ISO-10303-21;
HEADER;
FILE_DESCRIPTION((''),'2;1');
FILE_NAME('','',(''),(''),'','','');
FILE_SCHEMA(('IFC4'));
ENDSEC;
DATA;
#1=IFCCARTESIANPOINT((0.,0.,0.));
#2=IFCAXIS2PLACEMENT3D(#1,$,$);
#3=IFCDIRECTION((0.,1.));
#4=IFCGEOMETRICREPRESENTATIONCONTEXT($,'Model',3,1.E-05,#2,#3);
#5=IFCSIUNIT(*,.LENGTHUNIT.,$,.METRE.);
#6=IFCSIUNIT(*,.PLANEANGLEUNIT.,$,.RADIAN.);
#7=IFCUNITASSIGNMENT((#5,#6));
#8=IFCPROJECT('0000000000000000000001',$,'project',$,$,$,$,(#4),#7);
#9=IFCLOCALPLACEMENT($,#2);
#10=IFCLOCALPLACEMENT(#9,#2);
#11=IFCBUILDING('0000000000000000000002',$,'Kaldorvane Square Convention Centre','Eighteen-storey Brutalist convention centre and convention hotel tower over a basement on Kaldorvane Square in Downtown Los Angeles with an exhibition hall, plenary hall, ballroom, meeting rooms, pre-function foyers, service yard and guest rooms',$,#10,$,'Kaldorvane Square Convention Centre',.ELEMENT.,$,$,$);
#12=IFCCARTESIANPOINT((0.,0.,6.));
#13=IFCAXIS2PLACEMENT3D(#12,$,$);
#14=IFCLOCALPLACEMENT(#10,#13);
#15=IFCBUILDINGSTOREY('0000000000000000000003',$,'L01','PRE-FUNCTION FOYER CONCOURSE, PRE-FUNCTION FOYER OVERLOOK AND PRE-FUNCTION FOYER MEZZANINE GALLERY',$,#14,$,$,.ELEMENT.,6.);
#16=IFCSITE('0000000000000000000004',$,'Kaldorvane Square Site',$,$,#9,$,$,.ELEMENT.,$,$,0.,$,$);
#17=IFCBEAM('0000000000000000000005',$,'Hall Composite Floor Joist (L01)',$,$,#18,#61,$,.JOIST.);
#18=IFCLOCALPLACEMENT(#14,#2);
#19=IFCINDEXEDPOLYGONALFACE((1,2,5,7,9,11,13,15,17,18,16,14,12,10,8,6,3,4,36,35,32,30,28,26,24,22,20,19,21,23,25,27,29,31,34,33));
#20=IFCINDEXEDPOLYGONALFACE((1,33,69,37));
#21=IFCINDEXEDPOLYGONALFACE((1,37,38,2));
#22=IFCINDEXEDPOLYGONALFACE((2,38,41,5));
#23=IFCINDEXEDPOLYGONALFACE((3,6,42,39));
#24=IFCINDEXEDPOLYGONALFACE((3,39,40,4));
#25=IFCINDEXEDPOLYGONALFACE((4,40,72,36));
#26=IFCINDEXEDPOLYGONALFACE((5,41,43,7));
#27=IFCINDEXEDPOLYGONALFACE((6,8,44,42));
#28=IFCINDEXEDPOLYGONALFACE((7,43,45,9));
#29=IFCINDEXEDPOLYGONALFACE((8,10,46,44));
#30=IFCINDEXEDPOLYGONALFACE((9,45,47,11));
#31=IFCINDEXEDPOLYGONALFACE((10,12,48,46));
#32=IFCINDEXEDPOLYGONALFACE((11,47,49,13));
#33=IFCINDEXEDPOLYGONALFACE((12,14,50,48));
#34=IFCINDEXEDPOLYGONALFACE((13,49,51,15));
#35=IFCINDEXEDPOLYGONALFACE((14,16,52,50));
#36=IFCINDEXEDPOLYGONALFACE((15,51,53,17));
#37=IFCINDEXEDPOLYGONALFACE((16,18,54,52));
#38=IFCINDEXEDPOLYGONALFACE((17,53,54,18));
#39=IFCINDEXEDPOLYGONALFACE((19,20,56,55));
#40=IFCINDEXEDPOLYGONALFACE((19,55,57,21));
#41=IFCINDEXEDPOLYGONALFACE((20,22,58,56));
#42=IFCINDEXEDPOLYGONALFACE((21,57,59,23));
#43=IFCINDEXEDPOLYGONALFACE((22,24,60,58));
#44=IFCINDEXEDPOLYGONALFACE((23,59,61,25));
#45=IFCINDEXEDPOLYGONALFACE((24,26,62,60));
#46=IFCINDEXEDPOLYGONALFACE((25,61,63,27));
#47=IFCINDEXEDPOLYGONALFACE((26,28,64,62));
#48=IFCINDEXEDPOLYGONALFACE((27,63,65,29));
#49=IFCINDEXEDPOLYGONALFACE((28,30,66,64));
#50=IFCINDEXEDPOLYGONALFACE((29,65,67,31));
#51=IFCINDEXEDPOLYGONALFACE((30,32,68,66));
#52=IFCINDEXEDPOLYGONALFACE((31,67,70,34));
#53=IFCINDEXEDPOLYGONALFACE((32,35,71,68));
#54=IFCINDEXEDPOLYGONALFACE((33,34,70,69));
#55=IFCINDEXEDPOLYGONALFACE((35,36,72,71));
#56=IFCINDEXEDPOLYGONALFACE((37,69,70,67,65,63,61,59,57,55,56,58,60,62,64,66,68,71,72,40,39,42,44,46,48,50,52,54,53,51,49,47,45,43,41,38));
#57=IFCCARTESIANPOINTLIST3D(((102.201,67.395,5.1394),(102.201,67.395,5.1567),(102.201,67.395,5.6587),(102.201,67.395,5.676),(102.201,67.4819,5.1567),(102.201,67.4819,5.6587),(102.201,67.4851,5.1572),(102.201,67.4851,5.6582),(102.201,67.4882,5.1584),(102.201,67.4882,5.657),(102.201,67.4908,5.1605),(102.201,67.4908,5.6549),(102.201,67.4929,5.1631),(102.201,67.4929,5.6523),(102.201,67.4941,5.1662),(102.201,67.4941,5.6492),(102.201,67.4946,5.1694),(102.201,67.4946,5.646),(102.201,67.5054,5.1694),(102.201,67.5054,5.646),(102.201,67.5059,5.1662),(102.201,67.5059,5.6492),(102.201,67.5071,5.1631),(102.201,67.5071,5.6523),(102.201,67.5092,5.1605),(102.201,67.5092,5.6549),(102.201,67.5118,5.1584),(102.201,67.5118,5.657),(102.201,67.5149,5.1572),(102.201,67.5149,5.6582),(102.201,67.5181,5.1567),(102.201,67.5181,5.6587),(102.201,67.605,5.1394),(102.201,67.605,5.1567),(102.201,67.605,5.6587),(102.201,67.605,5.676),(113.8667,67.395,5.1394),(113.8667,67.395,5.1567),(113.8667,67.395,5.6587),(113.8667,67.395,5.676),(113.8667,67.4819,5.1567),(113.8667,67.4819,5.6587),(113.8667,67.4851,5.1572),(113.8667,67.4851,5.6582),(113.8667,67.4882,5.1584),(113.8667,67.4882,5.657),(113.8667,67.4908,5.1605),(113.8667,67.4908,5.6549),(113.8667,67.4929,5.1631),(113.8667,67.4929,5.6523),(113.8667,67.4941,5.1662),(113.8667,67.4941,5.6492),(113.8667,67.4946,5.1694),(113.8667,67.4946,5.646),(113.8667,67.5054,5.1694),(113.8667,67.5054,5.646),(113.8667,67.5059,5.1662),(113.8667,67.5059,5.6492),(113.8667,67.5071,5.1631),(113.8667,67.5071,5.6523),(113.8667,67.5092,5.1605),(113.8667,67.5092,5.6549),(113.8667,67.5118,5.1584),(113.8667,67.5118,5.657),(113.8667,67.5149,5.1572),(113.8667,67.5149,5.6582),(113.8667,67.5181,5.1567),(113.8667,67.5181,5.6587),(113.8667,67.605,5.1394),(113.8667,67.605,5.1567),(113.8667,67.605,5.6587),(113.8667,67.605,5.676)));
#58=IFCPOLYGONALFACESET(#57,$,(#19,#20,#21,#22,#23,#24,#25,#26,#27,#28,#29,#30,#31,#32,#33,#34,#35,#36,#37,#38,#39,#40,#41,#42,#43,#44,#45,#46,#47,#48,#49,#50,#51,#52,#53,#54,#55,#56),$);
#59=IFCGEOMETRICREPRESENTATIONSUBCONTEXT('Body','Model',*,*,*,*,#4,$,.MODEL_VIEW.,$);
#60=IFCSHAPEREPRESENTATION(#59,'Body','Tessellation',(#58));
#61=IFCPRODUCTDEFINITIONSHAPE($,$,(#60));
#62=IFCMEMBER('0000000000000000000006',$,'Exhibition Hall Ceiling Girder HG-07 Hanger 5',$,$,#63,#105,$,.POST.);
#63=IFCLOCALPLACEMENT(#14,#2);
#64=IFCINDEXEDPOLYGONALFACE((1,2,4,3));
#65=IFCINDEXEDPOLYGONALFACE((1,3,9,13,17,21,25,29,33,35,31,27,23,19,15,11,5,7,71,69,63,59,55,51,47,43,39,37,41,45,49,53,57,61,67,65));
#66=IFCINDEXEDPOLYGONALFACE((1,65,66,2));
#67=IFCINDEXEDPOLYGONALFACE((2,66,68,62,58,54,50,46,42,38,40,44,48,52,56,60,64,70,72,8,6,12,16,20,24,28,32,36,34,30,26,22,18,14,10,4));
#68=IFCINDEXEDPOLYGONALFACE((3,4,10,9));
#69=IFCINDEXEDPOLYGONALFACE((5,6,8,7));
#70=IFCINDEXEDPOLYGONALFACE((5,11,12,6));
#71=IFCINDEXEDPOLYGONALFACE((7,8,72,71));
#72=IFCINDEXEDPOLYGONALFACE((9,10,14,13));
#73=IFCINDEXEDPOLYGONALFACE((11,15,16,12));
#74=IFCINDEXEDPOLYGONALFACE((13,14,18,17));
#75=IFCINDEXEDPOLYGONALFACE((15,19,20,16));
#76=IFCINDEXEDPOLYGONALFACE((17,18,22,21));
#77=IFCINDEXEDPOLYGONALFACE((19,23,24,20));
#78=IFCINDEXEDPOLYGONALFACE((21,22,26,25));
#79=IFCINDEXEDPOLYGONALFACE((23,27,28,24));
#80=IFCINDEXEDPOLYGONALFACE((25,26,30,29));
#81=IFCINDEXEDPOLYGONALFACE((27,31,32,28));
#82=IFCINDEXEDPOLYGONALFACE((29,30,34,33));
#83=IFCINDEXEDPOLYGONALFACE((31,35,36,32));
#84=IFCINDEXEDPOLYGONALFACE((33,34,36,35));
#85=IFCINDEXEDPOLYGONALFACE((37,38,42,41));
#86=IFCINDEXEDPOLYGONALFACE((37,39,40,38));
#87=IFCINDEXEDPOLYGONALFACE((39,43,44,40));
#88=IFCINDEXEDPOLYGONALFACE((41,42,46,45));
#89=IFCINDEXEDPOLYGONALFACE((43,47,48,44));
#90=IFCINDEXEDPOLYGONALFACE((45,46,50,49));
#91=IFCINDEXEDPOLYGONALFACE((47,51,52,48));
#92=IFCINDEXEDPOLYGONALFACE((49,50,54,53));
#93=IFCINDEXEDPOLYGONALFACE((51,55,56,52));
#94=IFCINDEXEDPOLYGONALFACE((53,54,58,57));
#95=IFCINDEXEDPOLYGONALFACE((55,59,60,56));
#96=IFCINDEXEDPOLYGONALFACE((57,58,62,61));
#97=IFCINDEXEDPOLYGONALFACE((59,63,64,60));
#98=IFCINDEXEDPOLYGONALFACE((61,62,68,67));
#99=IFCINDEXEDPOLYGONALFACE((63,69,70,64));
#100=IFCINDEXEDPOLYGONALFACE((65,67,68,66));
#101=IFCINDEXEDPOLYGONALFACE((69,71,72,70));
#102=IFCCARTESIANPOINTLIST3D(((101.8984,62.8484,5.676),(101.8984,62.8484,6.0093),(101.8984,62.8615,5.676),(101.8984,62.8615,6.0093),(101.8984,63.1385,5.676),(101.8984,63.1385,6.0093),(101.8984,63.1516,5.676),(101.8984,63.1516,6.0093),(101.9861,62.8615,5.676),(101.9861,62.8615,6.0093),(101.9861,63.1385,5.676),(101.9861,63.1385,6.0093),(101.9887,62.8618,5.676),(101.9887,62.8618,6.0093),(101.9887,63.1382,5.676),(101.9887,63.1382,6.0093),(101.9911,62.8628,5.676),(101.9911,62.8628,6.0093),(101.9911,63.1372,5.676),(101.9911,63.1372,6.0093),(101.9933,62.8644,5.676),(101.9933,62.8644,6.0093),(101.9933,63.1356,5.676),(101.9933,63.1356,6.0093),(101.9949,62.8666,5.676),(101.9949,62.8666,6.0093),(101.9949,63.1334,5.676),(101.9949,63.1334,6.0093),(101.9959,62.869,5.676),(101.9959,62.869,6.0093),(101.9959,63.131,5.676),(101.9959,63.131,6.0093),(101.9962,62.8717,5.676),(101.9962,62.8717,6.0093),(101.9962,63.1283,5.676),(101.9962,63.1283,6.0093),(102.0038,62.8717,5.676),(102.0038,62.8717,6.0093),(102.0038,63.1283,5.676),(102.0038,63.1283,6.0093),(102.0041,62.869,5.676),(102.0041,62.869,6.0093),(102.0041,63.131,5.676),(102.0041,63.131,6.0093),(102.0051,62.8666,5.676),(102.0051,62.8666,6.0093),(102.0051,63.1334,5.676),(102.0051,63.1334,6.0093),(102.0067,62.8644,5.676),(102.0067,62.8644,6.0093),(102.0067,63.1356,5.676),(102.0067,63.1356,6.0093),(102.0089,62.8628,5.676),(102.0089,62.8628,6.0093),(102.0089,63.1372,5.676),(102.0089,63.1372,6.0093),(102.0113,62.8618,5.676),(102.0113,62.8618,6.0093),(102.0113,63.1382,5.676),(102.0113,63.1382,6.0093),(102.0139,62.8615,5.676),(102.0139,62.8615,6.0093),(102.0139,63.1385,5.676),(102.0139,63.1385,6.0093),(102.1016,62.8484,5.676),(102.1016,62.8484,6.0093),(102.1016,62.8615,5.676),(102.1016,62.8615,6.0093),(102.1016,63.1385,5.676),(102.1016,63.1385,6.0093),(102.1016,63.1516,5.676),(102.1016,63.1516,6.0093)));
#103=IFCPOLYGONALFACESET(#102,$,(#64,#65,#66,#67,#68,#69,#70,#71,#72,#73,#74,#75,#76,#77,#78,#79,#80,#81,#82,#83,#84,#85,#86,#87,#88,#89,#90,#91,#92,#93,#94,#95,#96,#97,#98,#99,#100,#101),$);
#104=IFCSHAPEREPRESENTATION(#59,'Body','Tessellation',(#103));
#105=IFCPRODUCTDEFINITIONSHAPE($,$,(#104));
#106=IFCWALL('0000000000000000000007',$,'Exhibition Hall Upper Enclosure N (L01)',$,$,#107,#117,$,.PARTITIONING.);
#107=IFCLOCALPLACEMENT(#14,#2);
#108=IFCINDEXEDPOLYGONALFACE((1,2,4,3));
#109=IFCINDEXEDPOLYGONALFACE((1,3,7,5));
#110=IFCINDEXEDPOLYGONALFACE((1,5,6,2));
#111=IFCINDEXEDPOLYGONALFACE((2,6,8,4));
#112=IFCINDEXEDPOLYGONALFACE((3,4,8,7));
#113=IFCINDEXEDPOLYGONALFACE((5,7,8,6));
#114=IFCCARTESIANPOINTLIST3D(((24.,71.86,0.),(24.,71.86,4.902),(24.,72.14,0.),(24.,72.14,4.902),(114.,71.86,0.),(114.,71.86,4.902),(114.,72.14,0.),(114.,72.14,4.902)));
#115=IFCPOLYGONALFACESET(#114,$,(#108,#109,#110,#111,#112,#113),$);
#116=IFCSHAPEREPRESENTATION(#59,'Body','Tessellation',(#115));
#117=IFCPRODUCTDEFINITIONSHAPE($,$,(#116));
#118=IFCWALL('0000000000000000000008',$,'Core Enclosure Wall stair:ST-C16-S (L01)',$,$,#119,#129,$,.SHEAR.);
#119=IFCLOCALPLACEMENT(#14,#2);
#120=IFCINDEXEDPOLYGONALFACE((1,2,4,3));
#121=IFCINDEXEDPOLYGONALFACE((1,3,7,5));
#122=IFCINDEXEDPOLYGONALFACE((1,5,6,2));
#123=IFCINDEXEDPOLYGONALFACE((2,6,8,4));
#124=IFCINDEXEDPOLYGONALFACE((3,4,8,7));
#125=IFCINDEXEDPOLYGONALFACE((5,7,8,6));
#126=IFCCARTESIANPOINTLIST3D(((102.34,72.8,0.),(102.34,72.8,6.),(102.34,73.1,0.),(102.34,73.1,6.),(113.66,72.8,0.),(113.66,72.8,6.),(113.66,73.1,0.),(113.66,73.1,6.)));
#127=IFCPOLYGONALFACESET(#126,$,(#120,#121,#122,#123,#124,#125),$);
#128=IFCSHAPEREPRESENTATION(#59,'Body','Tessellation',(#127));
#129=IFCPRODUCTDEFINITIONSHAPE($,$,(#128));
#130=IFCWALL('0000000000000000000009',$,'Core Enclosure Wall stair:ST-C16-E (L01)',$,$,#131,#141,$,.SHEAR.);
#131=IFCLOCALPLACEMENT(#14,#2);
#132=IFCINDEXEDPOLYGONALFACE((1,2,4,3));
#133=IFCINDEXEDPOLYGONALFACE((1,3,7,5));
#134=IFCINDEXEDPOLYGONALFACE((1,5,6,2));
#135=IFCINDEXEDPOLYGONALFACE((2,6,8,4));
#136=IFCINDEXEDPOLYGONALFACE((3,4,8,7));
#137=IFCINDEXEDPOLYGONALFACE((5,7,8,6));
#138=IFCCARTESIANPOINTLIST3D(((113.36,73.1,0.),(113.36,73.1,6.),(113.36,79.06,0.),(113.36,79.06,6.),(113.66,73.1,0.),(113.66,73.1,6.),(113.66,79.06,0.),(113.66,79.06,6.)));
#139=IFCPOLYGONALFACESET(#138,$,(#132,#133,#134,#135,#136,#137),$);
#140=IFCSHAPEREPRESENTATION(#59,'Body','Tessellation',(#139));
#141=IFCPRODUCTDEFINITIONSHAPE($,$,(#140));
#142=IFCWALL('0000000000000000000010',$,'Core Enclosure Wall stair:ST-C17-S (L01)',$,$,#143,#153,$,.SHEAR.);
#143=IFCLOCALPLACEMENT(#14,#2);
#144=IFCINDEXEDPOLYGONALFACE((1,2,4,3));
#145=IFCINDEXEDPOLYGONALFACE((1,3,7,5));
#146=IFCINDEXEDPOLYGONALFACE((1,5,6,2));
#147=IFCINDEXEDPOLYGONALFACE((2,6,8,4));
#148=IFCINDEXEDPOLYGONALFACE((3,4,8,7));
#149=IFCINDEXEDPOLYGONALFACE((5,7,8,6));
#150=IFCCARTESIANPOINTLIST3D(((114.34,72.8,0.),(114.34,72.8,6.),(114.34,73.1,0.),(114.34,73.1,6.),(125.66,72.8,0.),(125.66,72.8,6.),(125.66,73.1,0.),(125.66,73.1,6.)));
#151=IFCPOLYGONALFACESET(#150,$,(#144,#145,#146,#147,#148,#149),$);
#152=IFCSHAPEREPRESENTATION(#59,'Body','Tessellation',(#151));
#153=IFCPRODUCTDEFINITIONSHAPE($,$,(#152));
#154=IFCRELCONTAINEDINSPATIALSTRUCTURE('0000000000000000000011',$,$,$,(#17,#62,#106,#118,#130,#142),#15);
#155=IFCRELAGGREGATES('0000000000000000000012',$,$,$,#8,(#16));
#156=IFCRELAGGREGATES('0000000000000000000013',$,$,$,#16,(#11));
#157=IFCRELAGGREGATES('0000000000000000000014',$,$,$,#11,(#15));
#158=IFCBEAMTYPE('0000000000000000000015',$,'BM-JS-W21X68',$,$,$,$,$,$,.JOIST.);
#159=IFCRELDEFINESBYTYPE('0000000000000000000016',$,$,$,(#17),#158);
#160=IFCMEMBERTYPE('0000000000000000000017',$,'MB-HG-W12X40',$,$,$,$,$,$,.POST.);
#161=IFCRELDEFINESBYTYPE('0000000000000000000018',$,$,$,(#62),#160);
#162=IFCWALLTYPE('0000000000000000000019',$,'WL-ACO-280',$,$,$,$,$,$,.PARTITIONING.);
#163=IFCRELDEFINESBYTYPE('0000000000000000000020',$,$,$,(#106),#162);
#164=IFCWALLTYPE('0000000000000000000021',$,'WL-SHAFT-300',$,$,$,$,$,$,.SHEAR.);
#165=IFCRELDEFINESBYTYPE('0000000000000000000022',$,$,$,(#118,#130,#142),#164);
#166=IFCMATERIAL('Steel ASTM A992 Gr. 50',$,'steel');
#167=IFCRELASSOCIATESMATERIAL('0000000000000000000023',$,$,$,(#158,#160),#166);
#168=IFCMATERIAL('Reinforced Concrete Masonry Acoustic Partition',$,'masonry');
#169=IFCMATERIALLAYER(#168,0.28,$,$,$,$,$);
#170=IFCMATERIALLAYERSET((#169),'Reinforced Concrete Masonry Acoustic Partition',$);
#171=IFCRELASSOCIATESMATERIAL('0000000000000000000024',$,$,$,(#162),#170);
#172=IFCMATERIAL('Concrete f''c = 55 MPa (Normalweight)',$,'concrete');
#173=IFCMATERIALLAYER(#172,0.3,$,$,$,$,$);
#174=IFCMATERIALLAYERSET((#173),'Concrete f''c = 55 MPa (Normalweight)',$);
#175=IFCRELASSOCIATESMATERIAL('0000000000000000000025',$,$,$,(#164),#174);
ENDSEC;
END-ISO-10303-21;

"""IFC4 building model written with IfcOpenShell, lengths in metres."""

from ifc_helpers import new_model, si_unit, direction, frame, frame_2d, origin, origin_2d, place, context, subcontext, project, spatial, rectangle, i_section, extrude, material, layer, layer_set, material_profile, profile_set, type_object, element, save


model = new_model("IFC4")

# Units and contexts
model_context = context("Model", 3, precision=1e-05, world=origin(), true_north=direction((0.0, 1.0)))
body_context = subcontext(model_context, "Body", "Model", "MODEL_VIEW")
ifc_project = project(units=[si_unit("LENGTHUNIT", "METRE"), si_unit("PLANEANGLEUNIT", "RADIAN")], contexts=[model_context])

# Site, building, storey
site_placement = place(None, origin())
site = spatial("IfcSite", under=ifc_project, at=site_placement, Name="Kaldorvane Square Site", CompositionType="ELEMENT", RefElevation=0.0)
building_placement = place(site_placement, origin())
building = spatial("IfcBuilding", under=site, at=building_placement, Name="Kaldorvane Square Convention Centre", Description="Eighteen-storey Brutalist convention centre and convention hotel tower over a basement on Kaldorvane Square in Downtown Los Angeles with an exhibition hall, plenary hall, ballroom, meeting rooms, pre-function foyers, service yard and guest rooms", LongName="Kaldorvane Square Convention Centre", CompositionType="ELEMENT")
storey_placement = place(building_placement, frame((0.0, 0.0, 6.0)))
storey = spatial("IfcBuildingStorey", under=building, at=storey_placement, Name="L01", Description="PRE-FUNCTION FOYER CONCOURSE, PRE-FUNCTION FOYER OVERLOOK AND PRE-FUNCTION FOYER MEZZANINE GALLERY", CompositionType="ELEMENT", Elevation=6.0)

# Shared definitions
ifc_material_1 = material(Name="Concrete f'c = 55 MPa (Normalweight)", Category="concrete")
ifc_material_2 = material(Name="Steel ASTM A992 Gr. 50", Category="steel")

# Beam
ifc_material_profile_1 = material_profile(ifc_material_2, i_section(OverallWidth=0.2101, OverallDepth=0.5367, WebThickness=0.0109, FlangeThickness=0.0174, FilletRadius=0.0127, at=origin_2d()), Name="W21X68")
ifc_profile_set_1 = profile_set([ifc_material_profile_1], Name="Steel ASTM A992 Gr. 50")
beam_type_1 = type_object("IfcBeamType", Name="BM-JS-W21X68", PredefinedType="JOIST", material=ifc_profile_set_1)
for number, where, z_axis, x_axis, name in (
    (1, (102.201, 67.5, 5.4077), (1.0, 0.0, 0.0), (0.0, 1.0, 0.0), "Hall Composite Floor Joist (L01)"),
):
    element("IfcBeam", number, at=place(storey_placement, frame(where, z_axis=z_axis, x_axis=x_axis)), inside=storey, type_object=beam_type_1, Name=name, PredefinedType="JOIST", context=body_context, shape_type="SweptSolid", body=[
        extrude(i_section(OverallWidth=0.2101, OverallDepth=0.5367, WebThickness=0.0109, FlangeThickness=0.0174, FilletRadius=0.0127, at=origin_2d()), origin(), (0.0, 0.0, 1.0), 11.6657),
    ])

# Member
ifc_material_profile_2 = material_profile(ifc_material_2, i_section(OverallWidth=0.2033, OverallDepth=0.3033, WebThickness=0.0075, FlangeThickness=0.0131, FilletRadius=0.0102, at=origin_2d()), Name="W12X40")
ifc_profile_set_2 = profile_set([ifc_material_profile_2], Name="Steel ASTM A992 Gr. 50")
member_type = type_object("IfcMemberType", Name="MB-HG-W12X40", PredefinedType="POST", material=ifc_profile_set_2)
member_placement = place(storey_placement, frame((102.0, 63.0, 5.676), z_axis=(0.0, 0.0, 1.0), x_axis=(1.0, 0.0, 0.0)))
element("IfcMember", 2, at=member_placement, inside=storey, type_object=member_type, Name="Exhibition Hall Ceiling Girder HG-07 Hanger 5", PredefinedType="POST", context=body_context, shape_type="SweptSolid", body=[
    extrude(i_section(OverallWidth=0.2033, OverallDepth=0.3033, WebThickness=0.0075, FlangeThickness=0.0131, FilletRadius=0.0102, at=origin_2d()), origin(), (0.0, 0.0, 1.0), 0.3333),
])

# Walls
ifc_material_3 = material(Name="Reinforced Concrete Masonry Acoustic Partition", Category="masonry")
ifc_layer_1 = layer(ifc_material_3, 0.28)
ifc_layer_set_1 = layer_set([ifc_layer_1], Name="Reinforced Concrete Masonry Acoustic Partition")
wall_type_1 = type_object("IfcWallType", Name="WL-ACO-280", PredefinedType="PARTITIONING", material=ifc_layer_set_1)
wall_1_placement = place(storey_placement, frame((114.0, 72.0, 0.0), z_axis=(0.0, 0.0, 1.0), x_axis=(-1.0, 0.0, 0.0)))
element("IfcWall", 3, at=wall_1_placement, inside=storey, type_object=wall_type_1, Name="Exhibition Hall Upper Enclosure N (L01)", PredefinedType="PARTITIONING", context=body_context, shape_type="SweptSolid", body=[
    extrude(rectangle(XDim=90.0, YDim=0.28, at=frame_2d((45.0, 0.0))), origin(), (0.0, 0.0, 1.0), 4.902),
])
ifc_layer_2 = layer(ifc_material_1, 0.3)
ifc_layer_set_2 = layer_set([ifc_layer_2], Name="Concrete f'c = 55 MPa (Normalweight)")
wall_type_2 = type_object("IfcWallType", Name="WL-SHAFT-300", PredefinedType="SHEAR", material=ifc_layer_set_2)
wall_2_placement = place(storey_placement, frame((102.34, 72.95, 0.0), z_axis=(0.0, 0.0, 1.0), x_axis=(1.0, 0.0, 0.0)))
element("IfcWall", 4, at=wall_2_placement, inside=storey, type_object=wall_type_2, Name="Core Enclosure Wall stair:ST-C16-S (L01)", PredefinedType="SHEAR", context=body_context, shape_type="SweptSolid", body=[
    extrude(rectangle(XDim=11.32, YDim=0.3, at=frame_2d((5.66, 0.0))), origin(), (0.0, 0.0, 1.0), 6.0),
])
wall_3_placement = place(storey_placement, frame((113.51, 73.1, 0.0), z_axis=(0.0, 0.0, 1.0), x_axis=(0.0, 1.0, 0.0)))
element("IfcWall", 5, at=wall_3_placement, inside=storey, type_object=wall_type_2, Name="Core Enclosure Wall stair:ST-C16-E (L01)", PredefinedType="SHEAR", context=body_context, shape_type="SweptSolid", body=[
    extrude(rectangle(XDim=5.96, YDim=0.3, at=frame_2d((2.98, 0.0))), origin(), (0.0, 0.0, 1.0), 6.0),
])
wall_4_placement = place(storey_placement, frame((114.34, 72.95, 0.0), z_axis=(0.0, 0.0, 1.0), x_axis=(1.0, 0.0, 0.0)))
element("IfcWall", 6, at=wall_4_placement, inside=storey, type_object=wall_type_2, Name="Core Enclosure Wall stair:ST-C17-S (L01)", PredefinedType="SHEAR", context=body_context, shape_type="SweptSolid", body=[
    extrude(rectangle(XDim=11.32, YDim=0.3, at=frame_2d((5.66, 0.0))), origin(), (0.0, 0.0, 1.0), 6.0),
])

save(model, "model.ifc")
